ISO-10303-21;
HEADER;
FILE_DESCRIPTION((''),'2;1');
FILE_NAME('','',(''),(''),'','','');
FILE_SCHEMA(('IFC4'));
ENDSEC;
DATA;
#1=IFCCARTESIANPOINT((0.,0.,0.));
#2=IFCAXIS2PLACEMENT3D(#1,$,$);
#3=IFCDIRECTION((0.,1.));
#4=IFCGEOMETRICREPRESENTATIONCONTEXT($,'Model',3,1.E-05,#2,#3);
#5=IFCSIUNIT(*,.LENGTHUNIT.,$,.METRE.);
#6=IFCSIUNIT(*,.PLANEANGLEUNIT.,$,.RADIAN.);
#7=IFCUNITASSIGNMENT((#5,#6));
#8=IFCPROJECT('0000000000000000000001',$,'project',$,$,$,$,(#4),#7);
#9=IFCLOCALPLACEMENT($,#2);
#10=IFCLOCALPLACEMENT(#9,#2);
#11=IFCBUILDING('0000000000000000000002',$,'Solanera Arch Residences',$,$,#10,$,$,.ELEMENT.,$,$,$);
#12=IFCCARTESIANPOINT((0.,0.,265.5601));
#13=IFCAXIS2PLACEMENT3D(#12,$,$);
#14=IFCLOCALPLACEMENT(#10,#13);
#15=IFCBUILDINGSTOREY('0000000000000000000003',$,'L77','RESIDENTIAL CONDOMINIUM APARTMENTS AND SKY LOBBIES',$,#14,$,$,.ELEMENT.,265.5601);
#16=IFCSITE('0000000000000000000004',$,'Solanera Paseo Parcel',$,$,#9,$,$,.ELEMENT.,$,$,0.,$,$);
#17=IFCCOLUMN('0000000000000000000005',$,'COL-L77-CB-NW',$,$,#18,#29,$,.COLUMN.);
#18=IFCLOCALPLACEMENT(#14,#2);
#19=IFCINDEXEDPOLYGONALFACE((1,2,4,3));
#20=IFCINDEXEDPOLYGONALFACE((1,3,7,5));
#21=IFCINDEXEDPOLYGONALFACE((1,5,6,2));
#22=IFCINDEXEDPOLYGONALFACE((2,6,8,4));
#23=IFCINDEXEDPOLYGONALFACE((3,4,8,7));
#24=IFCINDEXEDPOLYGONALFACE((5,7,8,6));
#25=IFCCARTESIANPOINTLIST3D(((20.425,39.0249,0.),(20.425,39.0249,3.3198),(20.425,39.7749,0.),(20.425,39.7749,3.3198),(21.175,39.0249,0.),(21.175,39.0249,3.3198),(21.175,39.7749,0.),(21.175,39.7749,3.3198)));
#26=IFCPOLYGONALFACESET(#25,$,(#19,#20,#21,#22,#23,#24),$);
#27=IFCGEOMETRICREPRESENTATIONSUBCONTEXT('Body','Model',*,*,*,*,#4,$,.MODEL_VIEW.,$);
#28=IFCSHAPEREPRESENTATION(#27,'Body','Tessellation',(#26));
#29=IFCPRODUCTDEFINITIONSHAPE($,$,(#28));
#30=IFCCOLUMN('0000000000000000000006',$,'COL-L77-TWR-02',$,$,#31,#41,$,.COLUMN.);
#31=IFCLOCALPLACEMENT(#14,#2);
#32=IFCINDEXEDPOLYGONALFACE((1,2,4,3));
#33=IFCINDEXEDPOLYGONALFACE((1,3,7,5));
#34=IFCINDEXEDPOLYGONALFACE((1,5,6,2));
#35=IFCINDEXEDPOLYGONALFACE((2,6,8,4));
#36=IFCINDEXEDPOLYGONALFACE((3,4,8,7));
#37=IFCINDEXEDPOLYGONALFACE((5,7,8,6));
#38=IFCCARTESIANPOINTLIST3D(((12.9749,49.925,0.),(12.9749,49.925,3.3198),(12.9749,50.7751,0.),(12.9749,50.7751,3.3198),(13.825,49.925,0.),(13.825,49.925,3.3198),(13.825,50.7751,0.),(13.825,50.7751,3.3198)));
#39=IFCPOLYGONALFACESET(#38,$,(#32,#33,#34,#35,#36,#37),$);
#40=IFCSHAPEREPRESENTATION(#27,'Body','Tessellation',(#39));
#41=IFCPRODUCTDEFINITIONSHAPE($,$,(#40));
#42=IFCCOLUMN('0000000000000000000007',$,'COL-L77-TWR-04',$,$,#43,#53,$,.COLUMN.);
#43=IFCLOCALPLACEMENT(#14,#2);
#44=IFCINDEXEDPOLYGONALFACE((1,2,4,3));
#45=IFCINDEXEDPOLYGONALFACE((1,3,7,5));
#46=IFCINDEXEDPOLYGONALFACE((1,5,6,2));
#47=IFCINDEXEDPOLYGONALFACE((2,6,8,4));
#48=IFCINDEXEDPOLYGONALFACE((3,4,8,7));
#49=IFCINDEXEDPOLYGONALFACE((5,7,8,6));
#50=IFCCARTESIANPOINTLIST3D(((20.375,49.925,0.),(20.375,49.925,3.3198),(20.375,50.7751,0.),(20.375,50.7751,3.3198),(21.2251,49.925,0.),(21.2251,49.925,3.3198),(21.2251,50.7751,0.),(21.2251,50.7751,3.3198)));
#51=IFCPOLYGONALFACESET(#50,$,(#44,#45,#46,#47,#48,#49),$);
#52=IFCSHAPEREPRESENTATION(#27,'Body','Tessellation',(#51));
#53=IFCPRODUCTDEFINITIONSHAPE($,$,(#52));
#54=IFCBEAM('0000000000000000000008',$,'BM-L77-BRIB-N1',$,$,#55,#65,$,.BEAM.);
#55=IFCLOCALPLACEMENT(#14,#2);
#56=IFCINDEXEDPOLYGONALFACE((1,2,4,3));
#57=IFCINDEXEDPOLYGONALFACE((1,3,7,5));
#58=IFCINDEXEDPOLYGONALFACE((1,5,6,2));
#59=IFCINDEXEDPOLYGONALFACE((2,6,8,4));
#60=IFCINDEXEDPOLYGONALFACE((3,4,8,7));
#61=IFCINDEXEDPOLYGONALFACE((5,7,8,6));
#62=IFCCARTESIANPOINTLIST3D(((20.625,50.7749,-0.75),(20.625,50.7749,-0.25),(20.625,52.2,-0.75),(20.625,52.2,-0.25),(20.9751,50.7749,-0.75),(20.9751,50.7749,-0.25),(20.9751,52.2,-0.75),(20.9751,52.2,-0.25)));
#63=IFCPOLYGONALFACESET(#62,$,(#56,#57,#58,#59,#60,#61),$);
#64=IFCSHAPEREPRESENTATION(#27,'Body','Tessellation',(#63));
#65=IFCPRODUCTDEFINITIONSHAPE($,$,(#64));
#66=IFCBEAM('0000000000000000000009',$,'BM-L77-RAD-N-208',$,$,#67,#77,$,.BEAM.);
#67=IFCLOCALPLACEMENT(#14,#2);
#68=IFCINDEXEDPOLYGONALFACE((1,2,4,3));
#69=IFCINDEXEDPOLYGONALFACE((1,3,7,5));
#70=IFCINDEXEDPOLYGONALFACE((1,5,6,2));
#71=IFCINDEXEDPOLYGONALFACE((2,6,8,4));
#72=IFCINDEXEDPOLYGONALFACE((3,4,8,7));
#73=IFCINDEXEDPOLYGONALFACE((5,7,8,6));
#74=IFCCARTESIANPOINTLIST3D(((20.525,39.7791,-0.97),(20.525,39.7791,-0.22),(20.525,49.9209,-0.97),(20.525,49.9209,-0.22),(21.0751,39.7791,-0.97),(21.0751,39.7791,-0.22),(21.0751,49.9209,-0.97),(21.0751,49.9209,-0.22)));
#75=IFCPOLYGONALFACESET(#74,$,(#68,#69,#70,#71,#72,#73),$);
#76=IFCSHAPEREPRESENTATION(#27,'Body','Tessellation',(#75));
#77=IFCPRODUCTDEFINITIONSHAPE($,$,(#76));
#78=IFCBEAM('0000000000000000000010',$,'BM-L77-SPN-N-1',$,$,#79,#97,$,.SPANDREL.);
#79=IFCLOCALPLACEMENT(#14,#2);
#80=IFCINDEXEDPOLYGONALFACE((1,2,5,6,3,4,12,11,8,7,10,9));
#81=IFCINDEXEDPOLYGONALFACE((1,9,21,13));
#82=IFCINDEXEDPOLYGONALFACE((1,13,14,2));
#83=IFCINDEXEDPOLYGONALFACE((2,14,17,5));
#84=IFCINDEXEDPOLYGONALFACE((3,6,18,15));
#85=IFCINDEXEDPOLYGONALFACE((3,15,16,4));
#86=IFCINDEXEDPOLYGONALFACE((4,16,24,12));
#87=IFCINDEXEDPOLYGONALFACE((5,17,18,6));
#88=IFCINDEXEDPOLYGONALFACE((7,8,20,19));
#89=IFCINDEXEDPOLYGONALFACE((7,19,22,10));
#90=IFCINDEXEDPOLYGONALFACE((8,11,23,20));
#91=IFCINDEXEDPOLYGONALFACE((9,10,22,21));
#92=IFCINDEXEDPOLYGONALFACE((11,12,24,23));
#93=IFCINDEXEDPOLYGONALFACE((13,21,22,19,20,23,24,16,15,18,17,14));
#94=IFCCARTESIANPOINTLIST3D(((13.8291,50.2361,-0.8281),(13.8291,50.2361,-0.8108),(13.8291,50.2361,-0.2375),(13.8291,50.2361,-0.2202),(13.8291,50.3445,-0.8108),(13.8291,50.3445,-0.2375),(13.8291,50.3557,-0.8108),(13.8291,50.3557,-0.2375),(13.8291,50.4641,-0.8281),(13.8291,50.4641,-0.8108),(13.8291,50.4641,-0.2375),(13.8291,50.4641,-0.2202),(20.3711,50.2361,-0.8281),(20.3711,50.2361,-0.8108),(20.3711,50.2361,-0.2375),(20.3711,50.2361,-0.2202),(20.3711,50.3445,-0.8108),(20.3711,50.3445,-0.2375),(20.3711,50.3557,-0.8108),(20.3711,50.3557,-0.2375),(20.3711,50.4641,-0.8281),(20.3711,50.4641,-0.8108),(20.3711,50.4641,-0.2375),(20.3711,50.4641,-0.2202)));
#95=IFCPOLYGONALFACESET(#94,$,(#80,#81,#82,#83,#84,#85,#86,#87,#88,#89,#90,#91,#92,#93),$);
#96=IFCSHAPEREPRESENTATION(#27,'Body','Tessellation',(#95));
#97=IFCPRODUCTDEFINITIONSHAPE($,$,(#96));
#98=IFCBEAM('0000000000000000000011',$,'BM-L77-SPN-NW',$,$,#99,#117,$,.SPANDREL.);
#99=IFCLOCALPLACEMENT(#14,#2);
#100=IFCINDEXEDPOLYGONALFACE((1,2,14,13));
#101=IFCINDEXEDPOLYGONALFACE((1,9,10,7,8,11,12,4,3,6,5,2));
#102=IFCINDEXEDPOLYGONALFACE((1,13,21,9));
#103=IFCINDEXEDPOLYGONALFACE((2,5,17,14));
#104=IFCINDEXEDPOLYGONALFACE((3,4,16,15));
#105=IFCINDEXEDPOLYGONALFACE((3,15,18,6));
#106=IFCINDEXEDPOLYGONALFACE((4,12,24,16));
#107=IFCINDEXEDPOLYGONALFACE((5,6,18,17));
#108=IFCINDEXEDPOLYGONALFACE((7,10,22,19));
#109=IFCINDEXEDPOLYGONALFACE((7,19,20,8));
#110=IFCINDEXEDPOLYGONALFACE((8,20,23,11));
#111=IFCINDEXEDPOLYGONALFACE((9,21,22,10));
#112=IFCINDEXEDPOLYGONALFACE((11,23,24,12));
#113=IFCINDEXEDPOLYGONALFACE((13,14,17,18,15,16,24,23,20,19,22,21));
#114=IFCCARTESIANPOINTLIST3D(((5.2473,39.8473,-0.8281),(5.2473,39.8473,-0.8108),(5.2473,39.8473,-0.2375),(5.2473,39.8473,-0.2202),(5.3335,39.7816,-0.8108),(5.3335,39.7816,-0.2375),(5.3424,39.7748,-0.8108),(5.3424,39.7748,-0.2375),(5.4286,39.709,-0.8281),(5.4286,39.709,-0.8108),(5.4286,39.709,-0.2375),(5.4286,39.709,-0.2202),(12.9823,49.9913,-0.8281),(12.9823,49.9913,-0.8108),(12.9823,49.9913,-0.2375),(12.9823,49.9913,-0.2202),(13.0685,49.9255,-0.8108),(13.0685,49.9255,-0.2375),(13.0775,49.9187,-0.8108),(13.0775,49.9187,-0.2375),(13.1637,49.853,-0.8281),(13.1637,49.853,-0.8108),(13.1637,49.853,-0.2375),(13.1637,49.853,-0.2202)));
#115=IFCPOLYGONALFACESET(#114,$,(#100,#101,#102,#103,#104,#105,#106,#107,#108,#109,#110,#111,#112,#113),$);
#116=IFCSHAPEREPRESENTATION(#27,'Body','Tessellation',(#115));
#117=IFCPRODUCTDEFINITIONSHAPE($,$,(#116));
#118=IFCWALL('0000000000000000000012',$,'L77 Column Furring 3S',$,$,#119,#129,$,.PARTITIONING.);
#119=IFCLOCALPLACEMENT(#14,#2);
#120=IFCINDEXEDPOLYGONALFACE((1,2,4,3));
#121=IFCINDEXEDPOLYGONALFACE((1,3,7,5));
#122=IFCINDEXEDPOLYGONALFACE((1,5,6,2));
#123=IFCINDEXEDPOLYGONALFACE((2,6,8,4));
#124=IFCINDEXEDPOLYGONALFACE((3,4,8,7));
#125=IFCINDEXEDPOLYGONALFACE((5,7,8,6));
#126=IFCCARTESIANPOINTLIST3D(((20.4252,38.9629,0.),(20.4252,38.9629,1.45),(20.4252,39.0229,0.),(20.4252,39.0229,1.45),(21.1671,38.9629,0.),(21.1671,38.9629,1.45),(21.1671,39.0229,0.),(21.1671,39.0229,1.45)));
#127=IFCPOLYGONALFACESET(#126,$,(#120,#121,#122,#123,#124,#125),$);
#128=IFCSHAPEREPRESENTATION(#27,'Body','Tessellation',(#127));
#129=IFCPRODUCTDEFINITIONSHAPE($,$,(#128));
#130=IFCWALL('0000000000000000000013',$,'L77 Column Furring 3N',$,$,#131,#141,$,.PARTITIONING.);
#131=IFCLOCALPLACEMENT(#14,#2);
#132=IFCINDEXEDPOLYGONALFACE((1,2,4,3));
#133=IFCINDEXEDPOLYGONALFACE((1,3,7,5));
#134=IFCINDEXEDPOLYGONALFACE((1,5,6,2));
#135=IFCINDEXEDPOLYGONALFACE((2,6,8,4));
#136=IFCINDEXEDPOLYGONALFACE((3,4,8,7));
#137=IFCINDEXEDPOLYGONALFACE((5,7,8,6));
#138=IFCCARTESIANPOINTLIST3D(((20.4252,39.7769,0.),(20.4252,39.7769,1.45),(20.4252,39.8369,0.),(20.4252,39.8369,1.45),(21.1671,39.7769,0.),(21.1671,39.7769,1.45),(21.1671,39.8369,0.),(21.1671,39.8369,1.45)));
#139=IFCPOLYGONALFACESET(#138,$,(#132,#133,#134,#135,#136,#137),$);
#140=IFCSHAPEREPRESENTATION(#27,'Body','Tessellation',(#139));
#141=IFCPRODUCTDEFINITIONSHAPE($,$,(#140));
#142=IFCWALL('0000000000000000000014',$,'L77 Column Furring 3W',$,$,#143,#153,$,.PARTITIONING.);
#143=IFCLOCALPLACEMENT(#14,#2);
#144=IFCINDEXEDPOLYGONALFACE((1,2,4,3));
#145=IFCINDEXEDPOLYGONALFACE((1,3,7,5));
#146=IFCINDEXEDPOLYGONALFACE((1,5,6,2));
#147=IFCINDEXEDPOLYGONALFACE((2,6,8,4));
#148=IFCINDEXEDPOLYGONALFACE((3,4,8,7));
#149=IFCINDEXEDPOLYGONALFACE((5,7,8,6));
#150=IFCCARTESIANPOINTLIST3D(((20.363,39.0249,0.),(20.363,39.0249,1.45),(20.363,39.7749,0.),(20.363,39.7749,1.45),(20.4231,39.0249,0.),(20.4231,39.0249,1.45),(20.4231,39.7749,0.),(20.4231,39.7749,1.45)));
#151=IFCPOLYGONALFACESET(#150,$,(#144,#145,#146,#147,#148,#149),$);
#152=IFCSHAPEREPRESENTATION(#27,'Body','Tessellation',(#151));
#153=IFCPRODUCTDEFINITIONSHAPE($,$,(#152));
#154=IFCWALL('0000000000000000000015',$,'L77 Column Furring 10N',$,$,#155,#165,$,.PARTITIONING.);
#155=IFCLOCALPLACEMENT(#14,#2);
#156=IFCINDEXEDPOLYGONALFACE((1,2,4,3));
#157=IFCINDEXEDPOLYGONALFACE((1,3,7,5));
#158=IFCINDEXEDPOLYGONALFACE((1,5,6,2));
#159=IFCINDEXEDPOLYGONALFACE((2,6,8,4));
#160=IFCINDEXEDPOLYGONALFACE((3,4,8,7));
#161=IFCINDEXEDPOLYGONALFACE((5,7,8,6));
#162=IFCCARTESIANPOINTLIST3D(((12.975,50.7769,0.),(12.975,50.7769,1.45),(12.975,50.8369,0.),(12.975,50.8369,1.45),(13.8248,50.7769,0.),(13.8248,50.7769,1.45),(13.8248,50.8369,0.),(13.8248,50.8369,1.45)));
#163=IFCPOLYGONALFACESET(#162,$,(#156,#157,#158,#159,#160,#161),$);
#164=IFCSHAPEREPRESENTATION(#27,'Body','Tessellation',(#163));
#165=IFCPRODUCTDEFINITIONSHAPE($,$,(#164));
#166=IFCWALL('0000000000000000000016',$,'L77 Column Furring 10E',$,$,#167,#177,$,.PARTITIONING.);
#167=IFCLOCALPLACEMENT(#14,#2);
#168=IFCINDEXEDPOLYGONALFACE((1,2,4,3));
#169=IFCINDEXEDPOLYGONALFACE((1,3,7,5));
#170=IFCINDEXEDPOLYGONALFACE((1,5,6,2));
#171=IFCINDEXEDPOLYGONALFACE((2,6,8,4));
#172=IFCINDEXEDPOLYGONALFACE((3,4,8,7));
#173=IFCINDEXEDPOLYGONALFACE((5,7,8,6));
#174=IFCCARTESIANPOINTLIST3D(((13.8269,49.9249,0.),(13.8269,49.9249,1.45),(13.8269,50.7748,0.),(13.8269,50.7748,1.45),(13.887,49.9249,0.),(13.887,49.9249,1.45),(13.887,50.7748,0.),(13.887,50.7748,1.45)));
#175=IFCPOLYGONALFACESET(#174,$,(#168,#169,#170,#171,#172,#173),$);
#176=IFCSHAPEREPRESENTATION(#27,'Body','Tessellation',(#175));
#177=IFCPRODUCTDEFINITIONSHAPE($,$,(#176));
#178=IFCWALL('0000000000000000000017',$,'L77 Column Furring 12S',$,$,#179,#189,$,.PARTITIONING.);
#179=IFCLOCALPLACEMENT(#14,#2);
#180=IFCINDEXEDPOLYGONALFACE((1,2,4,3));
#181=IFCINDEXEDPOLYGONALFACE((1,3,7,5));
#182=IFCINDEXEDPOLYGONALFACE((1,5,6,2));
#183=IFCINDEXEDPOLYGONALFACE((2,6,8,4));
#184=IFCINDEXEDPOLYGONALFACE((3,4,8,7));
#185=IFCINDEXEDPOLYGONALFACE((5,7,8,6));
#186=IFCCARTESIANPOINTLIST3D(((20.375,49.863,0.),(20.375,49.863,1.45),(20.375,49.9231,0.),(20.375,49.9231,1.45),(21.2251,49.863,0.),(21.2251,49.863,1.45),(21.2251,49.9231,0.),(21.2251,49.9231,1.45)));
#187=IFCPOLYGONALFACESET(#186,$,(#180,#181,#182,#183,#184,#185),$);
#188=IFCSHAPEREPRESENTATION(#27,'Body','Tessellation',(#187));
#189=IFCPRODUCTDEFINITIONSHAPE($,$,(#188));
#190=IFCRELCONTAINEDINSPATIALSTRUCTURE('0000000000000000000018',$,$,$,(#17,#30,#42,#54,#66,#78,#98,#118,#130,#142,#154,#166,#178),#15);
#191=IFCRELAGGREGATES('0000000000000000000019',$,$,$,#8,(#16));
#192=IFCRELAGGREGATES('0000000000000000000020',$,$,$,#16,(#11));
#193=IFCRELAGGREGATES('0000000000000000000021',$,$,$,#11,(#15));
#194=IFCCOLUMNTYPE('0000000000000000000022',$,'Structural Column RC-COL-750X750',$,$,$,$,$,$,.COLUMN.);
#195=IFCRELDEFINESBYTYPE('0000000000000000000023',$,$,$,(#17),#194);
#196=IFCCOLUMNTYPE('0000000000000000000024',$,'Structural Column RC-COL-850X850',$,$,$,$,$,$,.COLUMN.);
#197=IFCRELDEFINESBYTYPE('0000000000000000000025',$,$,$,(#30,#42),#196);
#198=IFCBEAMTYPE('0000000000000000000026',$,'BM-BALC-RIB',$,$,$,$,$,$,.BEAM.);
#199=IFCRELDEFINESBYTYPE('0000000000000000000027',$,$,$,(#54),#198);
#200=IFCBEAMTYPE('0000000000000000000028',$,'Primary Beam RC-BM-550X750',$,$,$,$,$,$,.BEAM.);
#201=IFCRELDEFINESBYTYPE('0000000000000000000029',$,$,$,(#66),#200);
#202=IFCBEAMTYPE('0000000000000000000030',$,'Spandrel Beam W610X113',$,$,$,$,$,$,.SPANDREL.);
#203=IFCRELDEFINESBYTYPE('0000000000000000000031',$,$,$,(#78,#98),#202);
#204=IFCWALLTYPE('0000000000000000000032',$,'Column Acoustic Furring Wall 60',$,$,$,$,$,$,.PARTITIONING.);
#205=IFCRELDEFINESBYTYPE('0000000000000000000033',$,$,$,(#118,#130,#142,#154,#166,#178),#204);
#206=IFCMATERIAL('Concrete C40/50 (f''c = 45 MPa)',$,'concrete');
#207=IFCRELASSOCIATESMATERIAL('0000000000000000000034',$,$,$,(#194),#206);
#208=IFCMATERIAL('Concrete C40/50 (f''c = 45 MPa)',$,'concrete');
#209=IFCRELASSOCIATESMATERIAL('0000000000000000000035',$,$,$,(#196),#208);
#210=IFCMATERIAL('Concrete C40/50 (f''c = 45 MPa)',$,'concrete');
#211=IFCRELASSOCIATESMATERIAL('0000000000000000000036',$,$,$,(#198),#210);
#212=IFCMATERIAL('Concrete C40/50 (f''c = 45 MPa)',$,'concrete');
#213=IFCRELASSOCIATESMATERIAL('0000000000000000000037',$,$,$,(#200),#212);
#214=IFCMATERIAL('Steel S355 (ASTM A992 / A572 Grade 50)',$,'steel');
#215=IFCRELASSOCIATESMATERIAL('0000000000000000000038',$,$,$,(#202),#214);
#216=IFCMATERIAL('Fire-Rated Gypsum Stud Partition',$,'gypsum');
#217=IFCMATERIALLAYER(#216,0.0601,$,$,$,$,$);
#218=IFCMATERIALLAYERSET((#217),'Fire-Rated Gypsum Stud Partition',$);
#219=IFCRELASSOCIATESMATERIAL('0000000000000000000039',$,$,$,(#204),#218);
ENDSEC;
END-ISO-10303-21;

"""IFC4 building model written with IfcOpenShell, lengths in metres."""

from ifc_helpers import new_model, si_unit, direction, frame, frame_2d, origin, origin_2d, place, context, subcontext, project, spatial, rectangle, i_section, extrude, material, layer, layer_set, material_profile, profile_set, type_object, element, save


model = new_model("IFC4")

# Units and contexts
model_context = context("Model", 3, precision=1e-05, world=origin(), true_north=direction((0.0, 1.0)))
body_context = subcontext(model_context, "Body", "Model", "MODEL_VIEW")
ifc_project = project(units=[si_unit("LENGTHUNIT", "METRE"), si_unit("PLANEANGLEUNIT", "RADIAN")], contexts=[model_context])

# Site, building, storey
site_placement = place(None, origin())
site = spatial("IfcSite", under=ifc_project, at=site_placement, Name="Solanera Paseo Parcel", CompositionType="ELEMENT", RefElevation=0.0)
building_placement = place(site_placement, origin())
building = spatial("IfcBuilding", under=site, at=building_placement, Name="Solanera Arch Residences", CompositionType="ELEMENT")
storey_placement = place(building_placement, frame((0.0, 0.0, 265.5601)))
storey = spatial("IfcBuildingStorey", under=building, at=storey_placement, Name="L77", Description="RESIDENTIAL CONDOMINIUM APARTMENTS AND SKY LOBBIES", CompositionType="ELEMENT", Elevation=265.5601)

# Columns
ifc_material_1 = material(Name="Concrete C40/50 (f'c = 45 MPa)", Category="concrete")
ifc_material_profile_1 = material_profile(ifc_material_1, rectangle(XDim=0.75, YDim=0.75, at=origin_2d()))
ifc_profile_set_1 = profile_set([ifc_material_profile_1], Name="Concrete C40/50 (f'c = 45 MPa)")
column_type_1 = type_object("IfcColumnType", Name="Structural Column RC-COL-750X750", PredefinedType="COLUMN", material=ifc_profile_set_1)
column_placement = place(storey_placement, frame((20.8, 39.3999, 0.0), z_axis=(0.0, 0.0, 1.0), x_axis=(1.0, 0.0, 0.0)))
element("IfcColumn", 1, at=column_placement, inside=storey, type_object=column_type_1, Name="COL-L77-CB-NW", PredefinedType="COLUMN", context=body_context, shape_type="SweptSolid", body=[
    extrude(rectangle(XDim=0.75, YDim=0.75, at=origin_2d()), origin(), (0.0, 0.0, 1.0), 3.3198),
])
ifc_material_2 = material(Name="Concrete C40/50 (f'c = 45 MPa)", Category="concrete")
ifc_material_profile_2 = material_profile(ifc_material_2, rectangle(XDim=0.8501, YDim=0.8501, at=origin_2d()))
ifc_profile_set_2 = profile_set([ifc_material_profile_2], Name="Concrete C40/50 (f'c = 45 MPa)")
column_type_2 = type_object("IfcColumnType", Name="Structural Column RC-COL-850X850", PredefinedType="COLUMN", material=ifc_profile_set_2)
for number, where, z_axis, x_axis, name in (
    (2, (13.3999, 50.3501, 0.0), (0.0, 0.0, 1.0), (1.0, 0.0, 0.0), "COL-L77-TWR-02"),
    (3, (20.8, 50.3501, 0.0), (0.0, 0.0, 1.0), (1.0, 0.0, 0.0), "COL-L77-TWR-04"),
):
    element("IfcColumn", number, at=place(storey_placement, frame(where, z_axis=z_axis, x_axis=x_axis)), inside=storey, type_object=column_type_2, Name=name, PredefinedType="COLUMN", context=body_context, shape_type="SweptSolid", body=[
        extrude(rectangle(XDim=0.8501, YDim=0.8501, at=origin_2d()), origin(), (0.0, 0.0, 1.0), 3.3198),
    ])

# Beams
ifc_material_3 = material(Name="Concrete C40/50 (f'c = 45 MPa)", Category="concrete")
ifc_material_profile_3 = material_profile(ifc_material_3, rectangle(XDim=0.3501, YDim=0.5, at=origin_2d()))
ifc_profile_set_3 = profile_set([ifc_material_profile_3], Name="Concrete C40/50 (f'c = 45 MPa)")
beam_type_1 = type_object("IfcBeamType", Name="BM-BALC-RIB", PredefinedType="BEAM", material=ifc_profile_set_3)
beam_1_placement = place(storey_placement, frame((20.8, 50.7749, -0.5), z_axis=(0.0, 1.0, 0.0), x_axis=(-1.0, 0.0, 0.0)))
element("IfcBeam", 4, at=beam_1_placement, inside=storey, type_object=beam_type_1, Name="BM-L77-BRIB-N1", PredefinedType="BEAM", context=body_context, shape_type="SweptSolid", body=[
    extrude(rectangle(XDim=0.3501, YDim=0.5, at=origin_2d()), origin(), (0.0, 0.0, 1.0), 1.425),
])
ifc_material_4 = material(Name="Concrete C40/50 (f'c = 45 MPa)", Category="concrete")
ifc_material_profile_4 = material_profile(ifc_material_4, rectangle(XDim=0.55, YDim=0.75, at=origin_2d()))
ifc_profile_set_4 = profile_set([ifc_material_profile_4], Name="Concrete C40/50 (f'c = 45 MPa)")
beam_type_2 = type_object("IfcBeamType", Name="Primary Beam RC-BM-550X750", PredefinedType="BEAM", material=ifc_profile_set_4)
beam_2_placement = place(storey_placement, frame((20.8, 39.7791, -0.595), z_axis=(0.0, 1.0, 0.0), x_axis=(-1.0, 0.0, 0.0)))
element("IfcBeam", 5, at=beam_2_placement, inside=storey, type_object=beam_type_2, Name="BM-L77-RAD-N-208", PredefinedType="BEAM", context=body_context, shape_type="SweptSolid", body=[
    extrude(rectangle(XDim=0.55, YDim=0.75, at=origin_2d()), origin(), (0.0, 0.0, 1.0), 10.1418),
])
ifc_material_5 = material(Name="Steel S355 (ASTM A992 / A572 Grade 50)", Category="steel")
ifc_material_profile_5 = material_profile(ifc_material_5, i_section(OverallWidth=0.228, OverallDepth=0.6079, WebThickness=0.0112, FlangeThickness=0.0173, at=origin_2d()))
ifc_profile_set_5 = profile_set([ifc_material_profile_5], Name="Steel S355 (ASTM A992 / A572 Grade 50)")
beam_type_3 = type_object("IfcBeamType", Name="Spandrel Beam W610X113", PredefinedType="SPANDREL", material=ifc_profile_set_5)
beam_3_placement = place(storey_placement, frame((13.8291, 50.3501, -0.5242), z_axis=(1.0, 0.0, 0.0), x_axis=(0.0, 1.0, 0.0)))
element("IfcBeam", 6, at=beam_3_placement, inside=storey, type_object=beam_type_3, Name="BM-L77-SPN-N-1", PredefinedType="SPANDREL", context=body_context, shape_type="SweptSolid", body=[
    extrude(i_section(OverallWidth=0.228, OverallDepth=0.6079, WebThickness=0.0112, FlangeThickness=0.0173, at=origin_2d()), origin(), (0.0, 0.0, 1.0), 6.542),
])
beam_4_placement = place(storey_placement, frame((13.073, 49.9221, -0.5242), z_axis=(-0.606356, -0.795193, 0.0), x_axis=(0.795193, -0.606356, 0.0)))
element("IfcBeam", 7, at=beam_4_placement, inside=storey, type_object=beam_type_3, Name="BM-L77-SPN-NW", PredefinedType="SPANDREL", context=body_context, shape_type="SweptSolid", body=[
    extrude(i_section(OverallWidth=0.228, OverallDepth=0.6079, WebThickness=0.0112, FlangeThickness=0.0173, at=origin_2d()), origin(), (0.0, 0.0, 1.0), 12.7566),
])

# Walls
ifc_material_6 = material(Name="Fire-Rated Gypsum Stud Partition", Category="gypsum")
ifc_layer_1 = layer(ifc_material_6, 0.0601)
ifc_layer_set_1 = layer_set([ifc_layer_1], Name="Fire-Rated Gypsum Stud Partition")
wall_type_1 = type_object("IfcWallType", Name="Column Acoustic Furring Wall 60", PredefinedType="PARTITIONING", material=ifc_layer_set_1)
for number, where, z_axis, x_axis, name in (
    (8, (20.425, 38.9929, 0.0), (0.0, 0.0, 1.0), (1.0, 0.0, 0.0), "L77 Column Furring 3S"),
    (9, (20.425, 39.8069, 0.0), (0.0, 0.0, 1.0), (1.0, 0.0, 0.0), "L77 Column Furring 3N"),
):
    element("IfcWall", number, at=place(storey_placement, frame(where, z_axis=z_axis, x_axis=x_axis)), inside=storey, type_object=wall_type_1, Name=name, PredefinedType="PARTITIONING", context=body_context, shape_type="SweptSolid", body=[
        extrude(rectangle(XDim=0.7419, YDim=0.0601, at=frame_2d((0.3711, 0.0))), origin(), (0.0, 0.0, 1.0), 1.45),
    ])
wall_1_placement = place(storey_placement, frame((20.3931, 39.0249, 0.0), z_axis=(0.0, 0.0, 1.0), x_axis=(0.0, 1.0, 0.0)))
element("IfcWall", 10, at=wall_1_placement, inside=storey, type_object=wall_type_1, Name="L77 Column Furring 3W", PredefinedType="PARTITIONING", context=body_context, shape_type="SweptSolid", body=[
    extrude(rectangle(XDim=0.75, YDim=0.0601, at=frame_2d((0.375, 0.0))), origin(), (0.0, 0.0, 1.0), 1.45),
])
for number, where, z_axis, x_axis, name in (
    (11, (12.9751, 50.8069, 0.0), (0.0, 0.0, 1.0), (1.0, 0.0, 0.0), "L77 Column Furring 10N"),
    (12, (13.8569, 49.925, 0.0), (0.0, 0.0, 1.0), (0.0, 1.0, 0.0), "L77 Column Furring 10E"),
):
    element("IfcWall", number, at=place(storey_placement, frame(where, z_axis=z_axis, x_axis=x_axis)), inside=storey, type_object=wall_type_1, Name=name, PredefinedType="PARTITIONING", context=body_context, shape_type="SweptSolid", body=[
        extrude(rectangle(XDim=0.8499, YDim=0.0601, at=frame_2d((0.4248, 0.0))), origin(), (0.0, 0.0, 1.0), 1.45),
    ])
for number, where, z_axis, x_axis, name in (
    (13, (20.375, 49.8931, 0.0), (0.0, 0.0, 1.0), (1.0, 0.0, 0.0), "L77 Column Furring 12S"),
):
    element("IfcWall", number, at=place(storey_placement, frame(where, z_axis=z_axis, x_axis=x_axis)), inside=storey, type_object=wall_type_1, Name=name, PredefinedType="PARTITIONING", context=body_context, shape_type="SweptSolid", body=[
        extrude(rectangle(XDim=0.8501, YDim=0.0601, at=frame_2d((0.425, 0.0))), origin(), (0.0, 0.0, 1.0), 1.45),
    ])

save(model, "model.ifc")
